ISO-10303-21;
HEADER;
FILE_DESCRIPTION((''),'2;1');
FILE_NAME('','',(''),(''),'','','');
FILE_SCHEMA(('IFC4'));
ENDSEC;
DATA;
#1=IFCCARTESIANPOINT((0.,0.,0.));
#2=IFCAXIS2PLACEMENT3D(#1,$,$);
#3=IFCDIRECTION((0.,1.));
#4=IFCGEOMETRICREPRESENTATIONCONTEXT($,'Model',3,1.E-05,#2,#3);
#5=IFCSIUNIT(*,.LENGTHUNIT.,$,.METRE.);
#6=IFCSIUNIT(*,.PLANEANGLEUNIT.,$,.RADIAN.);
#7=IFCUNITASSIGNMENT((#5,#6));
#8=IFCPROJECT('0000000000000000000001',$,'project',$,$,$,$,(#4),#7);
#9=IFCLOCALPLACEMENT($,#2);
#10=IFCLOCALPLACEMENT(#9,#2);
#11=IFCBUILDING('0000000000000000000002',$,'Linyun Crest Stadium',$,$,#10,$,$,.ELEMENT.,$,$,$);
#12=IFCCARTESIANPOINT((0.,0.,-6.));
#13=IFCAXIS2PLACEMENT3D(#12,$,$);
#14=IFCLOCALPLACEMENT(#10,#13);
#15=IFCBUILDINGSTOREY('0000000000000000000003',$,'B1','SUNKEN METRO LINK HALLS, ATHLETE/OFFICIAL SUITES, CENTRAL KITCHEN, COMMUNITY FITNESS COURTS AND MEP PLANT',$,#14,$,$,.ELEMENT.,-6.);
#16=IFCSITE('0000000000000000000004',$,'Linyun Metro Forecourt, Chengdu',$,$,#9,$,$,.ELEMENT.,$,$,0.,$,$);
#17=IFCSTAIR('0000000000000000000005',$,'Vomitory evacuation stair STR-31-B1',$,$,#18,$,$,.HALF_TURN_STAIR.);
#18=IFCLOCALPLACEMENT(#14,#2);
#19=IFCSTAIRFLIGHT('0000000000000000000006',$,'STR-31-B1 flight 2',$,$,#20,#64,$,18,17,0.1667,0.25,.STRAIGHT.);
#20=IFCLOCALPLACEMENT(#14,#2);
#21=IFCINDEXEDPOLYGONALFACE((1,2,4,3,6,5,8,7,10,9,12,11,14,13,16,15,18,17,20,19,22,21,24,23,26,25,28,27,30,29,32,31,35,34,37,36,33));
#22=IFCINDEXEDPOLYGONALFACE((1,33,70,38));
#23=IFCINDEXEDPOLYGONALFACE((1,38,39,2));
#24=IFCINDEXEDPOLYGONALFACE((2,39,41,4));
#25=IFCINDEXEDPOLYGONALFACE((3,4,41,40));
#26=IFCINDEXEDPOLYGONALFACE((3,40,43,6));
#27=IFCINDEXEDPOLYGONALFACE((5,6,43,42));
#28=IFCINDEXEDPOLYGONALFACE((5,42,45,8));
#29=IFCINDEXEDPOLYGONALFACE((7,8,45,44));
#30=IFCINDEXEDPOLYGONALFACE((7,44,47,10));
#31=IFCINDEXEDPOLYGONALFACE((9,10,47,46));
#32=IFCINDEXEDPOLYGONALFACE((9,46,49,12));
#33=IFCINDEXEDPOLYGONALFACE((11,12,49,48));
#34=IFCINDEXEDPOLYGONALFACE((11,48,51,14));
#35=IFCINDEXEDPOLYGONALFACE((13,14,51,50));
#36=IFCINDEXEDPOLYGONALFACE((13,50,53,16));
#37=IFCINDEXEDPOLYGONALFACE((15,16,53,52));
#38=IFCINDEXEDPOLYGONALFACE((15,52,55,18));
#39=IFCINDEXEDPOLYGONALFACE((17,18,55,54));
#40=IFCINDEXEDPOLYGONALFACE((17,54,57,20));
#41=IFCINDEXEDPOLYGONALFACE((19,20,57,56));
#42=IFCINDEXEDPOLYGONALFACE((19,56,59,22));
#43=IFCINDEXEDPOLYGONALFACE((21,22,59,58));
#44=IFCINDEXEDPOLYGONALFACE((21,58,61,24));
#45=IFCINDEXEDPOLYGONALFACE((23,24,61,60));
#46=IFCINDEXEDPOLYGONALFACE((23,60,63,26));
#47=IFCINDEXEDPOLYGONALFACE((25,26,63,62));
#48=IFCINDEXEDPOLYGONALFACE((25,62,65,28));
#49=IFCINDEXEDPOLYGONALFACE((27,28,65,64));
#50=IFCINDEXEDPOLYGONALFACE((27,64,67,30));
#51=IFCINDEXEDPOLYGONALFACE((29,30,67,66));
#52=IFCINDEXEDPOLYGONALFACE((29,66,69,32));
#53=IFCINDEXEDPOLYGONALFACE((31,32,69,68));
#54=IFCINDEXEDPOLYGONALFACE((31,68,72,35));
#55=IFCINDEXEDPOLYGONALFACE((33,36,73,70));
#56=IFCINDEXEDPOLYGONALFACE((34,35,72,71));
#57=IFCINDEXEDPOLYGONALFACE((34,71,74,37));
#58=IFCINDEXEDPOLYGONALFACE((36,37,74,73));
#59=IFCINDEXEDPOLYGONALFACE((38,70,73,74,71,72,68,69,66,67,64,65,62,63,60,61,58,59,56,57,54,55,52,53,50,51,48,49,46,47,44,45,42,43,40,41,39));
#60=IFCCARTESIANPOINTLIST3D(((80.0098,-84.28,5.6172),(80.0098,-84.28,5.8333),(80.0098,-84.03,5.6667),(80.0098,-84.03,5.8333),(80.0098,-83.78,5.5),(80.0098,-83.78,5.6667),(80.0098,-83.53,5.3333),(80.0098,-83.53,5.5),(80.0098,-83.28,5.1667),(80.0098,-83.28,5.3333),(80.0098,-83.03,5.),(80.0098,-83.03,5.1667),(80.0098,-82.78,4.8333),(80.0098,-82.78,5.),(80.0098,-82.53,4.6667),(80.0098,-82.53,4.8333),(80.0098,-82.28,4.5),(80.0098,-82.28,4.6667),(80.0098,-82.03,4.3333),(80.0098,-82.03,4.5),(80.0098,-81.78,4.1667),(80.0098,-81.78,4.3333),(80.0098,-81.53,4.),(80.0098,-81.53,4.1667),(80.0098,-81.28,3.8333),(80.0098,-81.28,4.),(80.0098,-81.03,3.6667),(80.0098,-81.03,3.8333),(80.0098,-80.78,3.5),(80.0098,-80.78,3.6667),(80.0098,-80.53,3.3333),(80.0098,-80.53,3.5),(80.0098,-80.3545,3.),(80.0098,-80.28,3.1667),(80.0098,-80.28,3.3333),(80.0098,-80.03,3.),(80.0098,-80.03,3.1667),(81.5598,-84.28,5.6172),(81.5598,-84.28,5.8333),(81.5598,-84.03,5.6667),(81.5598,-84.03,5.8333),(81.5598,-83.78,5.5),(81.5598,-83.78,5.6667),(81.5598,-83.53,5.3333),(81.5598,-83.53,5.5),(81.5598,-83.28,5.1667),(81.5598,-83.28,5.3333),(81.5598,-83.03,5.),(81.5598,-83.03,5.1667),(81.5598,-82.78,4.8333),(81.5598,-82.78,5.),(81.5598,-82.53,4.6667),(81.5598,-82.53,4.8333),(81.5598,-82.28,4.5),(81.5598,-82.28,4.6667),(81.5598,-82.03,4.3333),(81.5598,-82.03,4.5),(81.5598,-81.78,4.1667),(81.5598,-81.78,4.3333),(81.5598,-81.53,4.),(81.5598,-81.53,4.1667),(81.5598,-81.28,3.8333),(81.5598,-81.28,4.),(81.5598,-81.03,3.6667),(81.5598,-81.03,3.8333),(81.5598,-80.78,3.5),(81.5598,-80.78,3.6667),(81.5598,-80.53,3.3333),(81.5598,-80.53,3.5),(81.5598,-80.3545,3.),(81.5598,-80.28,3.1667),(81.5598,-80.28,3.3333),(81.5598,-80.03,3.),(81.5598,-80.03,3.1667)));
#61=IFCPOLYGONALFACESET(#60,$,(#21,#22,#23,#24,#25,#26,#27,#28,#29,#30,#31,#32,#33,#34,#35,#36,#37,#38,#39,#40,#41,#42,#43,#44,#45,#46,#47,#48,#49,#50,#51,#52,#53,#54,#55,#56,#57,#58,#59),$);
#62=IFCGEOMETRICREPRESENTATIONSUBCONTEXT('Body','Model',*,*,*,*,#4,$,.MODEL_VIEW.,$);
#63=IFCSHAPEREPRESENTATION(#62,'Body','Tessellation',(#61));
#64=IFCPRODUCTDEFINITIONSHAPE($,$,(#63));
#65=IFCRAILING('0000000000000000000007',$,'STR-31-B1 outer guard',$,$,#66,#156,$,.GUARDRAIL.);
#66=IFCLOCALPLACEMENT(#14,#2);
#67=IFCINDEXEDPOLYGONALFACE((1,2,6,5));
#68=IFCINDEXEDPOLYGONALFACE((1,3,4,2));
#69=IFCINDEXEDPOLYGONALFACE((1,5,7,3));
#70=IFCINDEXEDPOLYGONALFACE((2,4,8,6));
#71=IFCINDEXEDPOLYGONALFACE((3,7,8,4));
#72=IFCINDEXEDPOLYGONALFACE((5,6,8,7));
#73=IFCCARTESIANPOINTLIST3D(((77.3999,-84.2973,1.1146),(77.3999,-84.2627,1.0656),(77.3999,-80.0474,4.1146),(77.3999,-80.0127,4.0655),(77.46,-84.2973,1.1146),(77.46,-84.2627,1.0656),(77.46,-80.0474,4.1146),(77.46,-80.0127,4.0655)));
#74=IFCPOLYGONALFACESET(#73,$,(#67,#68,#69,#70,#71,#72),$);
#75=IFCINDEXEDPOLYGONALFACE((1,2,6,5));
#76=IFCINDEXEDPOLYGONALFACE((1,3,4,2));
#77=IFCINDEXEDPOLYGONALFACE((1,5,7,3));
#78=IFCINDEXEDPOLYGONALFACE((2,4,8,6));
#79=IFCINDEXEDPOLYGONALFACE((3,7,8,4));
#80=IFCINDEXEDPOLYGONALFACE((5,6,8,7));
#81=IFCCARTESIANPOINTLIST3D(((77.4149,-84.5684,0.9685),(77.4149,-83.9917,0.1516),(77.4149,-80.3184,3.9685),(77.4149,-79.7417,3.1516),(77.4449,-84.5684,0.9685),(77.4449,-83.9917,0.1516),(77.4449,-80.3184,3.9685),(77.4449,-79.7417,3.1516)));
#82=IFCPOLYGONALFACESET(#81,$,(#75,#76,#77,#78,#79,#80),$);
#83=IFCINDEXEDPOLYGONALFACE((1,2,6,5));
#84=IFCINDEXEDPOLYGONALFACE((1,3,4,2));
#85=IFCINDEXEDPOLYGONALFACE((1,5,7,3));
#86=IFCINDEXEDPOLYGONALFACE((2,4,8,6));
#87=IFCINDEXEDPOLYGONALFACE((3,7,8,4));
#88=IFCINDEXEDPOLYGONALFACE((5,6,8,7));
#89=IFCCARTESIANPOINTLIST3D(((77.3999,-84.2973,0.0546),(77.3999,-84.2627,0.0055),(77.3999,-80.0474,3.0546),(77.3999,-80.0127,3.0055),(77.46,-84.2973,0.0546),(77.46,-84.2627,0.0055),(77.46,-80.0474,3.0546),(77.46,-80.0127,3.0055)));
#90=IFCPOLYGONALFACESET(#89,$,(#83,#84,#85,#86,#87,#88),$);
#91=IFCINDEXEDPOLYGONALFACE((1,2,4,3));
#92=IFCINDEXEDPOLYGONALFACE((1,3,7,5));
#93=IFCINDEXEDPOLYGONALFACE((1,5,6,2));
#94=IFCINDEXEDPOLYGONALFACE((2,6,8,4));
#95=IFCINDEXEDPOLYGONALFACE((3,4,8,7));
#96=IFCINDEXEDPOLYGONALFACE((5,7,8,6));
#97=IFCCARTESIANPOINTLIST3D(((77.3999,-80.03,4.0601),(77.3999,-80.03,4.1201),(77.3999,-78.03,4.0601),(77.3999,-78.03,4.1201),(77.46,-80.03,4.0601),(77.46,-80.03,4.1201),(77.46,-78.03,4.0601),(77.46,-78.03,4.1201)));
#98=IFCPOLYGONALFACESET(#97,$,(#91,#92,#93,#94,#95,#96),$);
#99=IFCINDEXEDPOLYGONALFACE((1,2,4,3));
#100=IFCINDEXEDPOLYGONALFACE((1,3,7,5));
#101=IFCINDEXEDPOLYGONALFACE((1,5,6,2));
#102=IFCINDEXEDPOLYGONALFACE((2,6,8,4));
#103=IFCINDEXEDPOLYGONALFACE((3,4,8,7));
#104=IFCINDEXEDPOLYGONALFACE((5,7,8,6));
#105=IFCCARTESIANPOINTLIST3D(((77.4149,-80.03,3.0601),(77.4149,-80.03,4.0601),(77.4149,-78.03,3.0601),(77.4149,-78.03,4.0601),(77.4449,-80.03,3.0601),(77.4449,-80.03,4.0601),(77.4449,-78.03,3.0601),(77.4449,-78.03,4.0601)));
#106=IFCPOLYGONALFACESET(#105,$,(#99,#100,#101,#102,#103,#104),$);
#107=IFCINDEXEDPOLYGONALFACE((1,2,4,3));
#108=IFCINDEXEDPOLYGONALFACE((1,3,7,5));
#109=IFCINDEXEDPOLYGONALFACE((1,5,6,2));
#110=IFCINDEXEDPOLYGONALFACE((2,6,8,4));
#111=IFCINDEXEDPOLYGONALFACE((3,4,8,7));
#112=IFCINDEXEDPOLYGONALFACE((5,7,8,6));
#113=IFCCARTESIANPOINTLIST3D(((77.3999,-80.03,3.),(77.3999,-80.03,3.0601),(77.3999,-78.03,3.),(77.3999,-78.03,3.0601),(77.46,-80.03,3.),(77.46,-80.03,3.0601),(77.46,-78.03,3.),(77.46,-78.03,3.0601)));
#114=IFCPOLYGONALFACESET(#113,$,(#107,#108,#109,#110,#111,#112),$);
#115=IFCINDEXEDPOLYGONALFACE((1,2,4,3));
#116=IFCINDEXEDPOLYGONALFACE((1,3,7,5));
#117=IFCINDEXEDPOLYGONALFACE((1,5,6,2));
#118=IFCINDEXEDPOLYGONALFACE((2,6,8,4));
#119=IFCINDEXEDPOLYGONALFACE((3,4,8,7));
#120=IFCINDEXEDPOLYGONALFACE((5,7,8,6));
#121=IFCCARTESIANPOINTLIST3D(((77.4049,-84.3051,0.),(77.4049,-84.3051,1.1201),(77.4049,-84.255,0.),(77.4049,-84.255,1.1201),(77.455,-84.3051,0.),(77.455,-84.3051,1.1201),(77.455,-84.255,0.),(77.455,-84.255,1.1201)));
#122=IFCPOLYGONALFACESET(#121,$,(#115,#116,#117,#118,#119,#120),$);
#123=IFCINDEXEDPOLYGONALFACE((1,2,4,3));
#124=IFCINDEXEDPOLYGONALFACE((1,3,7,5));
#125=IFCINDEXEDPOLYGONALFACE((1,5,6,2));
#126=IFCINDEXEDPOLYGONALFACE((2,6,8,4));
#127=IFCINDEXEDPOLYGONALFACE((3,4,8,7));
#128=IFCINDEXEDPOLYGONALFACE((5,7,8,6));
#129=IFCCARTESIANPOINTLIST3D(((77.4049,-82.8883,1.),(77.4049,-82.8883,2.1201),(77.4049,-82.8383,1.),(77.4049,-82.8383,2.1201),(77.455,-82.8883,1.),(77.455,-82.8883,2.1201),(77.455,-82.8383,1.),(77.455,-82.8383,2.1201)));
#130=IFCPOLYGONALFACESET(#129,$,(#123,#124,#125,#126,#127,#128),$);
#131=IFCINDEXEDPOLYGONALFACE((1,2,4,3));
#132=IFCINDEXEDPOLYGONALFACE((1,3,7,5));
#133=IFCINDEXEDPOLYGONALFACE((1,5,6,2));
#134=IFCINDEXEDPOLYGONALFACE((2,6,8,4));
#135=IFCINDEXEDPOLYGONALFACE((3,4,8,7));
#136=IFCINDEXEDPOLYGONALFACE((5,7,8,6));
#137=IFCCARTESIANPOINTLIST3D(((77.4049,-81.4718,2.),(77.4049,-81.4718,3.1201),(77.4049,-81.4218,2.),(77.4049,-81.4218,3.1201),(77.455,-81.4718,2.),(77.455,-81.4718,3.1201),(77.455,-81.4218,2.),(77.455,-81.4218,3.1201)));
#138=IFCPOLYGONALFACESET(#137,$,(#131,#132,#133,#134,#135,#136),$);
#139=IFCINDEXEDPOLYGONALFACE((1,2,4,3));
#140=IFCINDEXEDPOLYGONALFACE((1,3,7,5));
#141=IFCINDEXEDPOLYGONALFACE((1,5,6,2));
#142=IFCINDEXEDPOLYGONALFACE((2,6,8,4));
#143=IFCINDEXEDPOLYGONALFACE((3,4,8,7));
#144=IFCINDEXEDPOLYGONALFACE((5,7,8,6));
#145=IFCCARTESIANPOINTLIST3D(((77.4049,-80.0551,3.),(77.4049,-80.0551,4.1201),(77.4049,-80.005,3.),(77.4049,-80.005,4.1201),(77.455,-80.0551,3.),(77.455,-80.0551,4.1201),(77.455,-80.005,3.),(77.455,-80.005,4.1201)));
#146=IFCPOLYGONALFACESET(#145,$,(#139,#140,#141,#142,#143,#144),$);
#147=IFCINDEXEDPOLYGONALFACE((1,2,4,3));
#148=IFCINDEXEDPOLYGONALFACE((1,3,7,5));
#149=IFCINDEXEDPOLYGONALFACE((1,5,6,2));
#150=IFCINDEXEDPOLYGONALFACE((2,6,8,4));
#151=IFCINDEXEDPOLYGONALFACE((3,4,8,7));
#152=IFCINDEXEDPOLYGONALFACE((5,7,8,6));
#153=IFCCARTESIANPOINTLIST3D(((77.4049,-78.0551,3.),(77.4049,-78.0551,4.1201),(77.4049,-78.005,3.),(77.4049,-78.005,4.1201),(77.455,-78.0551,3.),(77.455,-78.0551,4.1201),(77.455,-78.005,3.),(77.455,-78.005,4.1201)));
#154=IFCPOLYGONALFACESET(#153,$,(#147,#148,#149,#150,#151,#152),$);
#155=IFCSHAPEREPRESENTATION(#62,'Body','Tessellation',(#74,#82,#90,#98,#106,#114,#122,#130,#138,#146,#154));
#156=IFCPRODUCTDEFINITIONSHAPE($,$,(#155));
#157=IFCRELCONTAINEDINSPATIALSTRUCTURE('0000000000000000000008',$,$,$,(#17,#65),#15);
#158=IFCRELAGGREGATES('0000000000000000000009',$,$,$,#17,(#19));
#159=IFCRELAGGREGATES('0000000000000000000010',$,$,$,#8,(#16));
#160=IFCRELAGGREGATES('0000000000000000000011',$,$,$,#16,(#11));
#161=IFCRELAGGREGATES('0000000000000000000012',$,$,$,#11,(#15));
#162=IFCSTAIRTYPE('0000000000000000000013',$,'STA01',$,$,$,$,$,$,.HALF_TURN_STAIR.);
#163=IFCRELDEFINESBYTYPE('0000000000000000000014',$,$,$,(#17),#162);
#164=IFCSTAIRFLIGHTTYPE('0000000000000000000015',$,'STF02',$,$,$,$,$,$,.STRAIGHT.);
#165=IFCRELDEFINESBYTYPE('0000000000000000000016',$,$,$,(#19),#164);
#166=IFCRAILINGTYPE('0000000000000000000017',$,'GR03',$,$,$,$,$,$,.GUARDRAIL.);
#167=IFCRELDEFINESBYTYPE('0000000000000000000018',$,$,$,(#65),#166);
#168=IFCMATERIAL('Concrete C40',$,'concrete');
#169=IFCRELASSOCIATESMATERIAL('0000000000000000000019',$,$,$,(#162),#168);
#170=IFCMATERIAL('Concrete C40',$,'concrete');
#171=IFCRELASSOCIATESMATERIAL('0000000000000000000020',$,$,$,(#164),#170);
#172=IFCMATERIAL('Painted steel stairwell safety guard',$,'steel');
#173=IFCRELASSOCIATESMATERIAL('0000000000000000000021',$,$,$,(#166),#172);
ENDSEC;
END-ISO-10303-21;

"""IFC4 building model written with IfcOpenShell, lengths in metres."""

from ifc_helpers import new_model, si_unit, direction, frame, origin, origin_2d, place, context, subcontext, project, spatial, polyline, rectangle, outline, extrude, material, type_object, element, aggregate, save


model = new_model("IFC4")

# Units and contexts
model_context = context("Model", 3, precision=1e-05, world=origin(), true_north=direction((0.0, 1.0)))
body_context = subcontext(model_context, "Body", "Model", "MODEL_VIEW")
ifc_project = project(units=[si_unit("LENGTHUNIT", "METRE"), si_unit("PLANEANGLEUNIT", "RADIAN")], contexts=[model_context])

# Site, building, storey
site_placement = place(None, origin())
site = spatial("IfcSite", under=ifc_project, at=site_placement, Name="Linyun Metro Forecourt, Chengdu", CompositionType="ELEMENT", RefElevation=0.0)
building_placement = place(site_placement, origin())
building = spatial("IfcBuilding", under=site, at=building_placement, Name="Linyun Crest Stadium", CompositionType="ELEMENT")
storey_placement = place(building_placement, frame((0.0, 0.0, -6.0)))
storey = spatial("IfcBuildingStorey", under=building, at=storey_placement, Name="B1", Description="SUNKEN METRO LINK HALLS, ATHLETE/OFFICIAL SUITES, CENTRAL KITCHEN, COMMUNITY FITNESS COURTS AND MEP PLANT", CompositionType="ELEMENT", Elevation=-6.0)

# Stair, stair flight
ifc_material_1 = material(Name="Concrete C40", Category="concrete")
stair_type = type_object("IfcStairType", Name="STA01", PredefinedType="HALF_TURN_STAIR", material=ifc_material_1)
stair_placement = place(storey_placement, origin())
stair = element("IfcStair", 1, at=stair_placement, inside=storey, type_object=stair_type, Name="Vomitory evacuation stair STR-31-B1", PredefinedType="HALF_TURN_STAIR")
ifc_material_2 = material(Name="Concrete C40", Category="concrete")
stair_flight_type = type_object("IfcStairFlightType", Name="STF02", PredefinedType="STRAIGHT", material=ifc_material_2)
stair_flight_1_placement = place(storey_placement, frame((80.7849, -80.03, 3.0), z_axis=(0.0, 0.0, 1.0), x_axis=(0.0, -1.0, 0.0)))
stair_flight_1 = element("IfcStairFlight", 2, at=stair_flight_1_placement, type_object=stair_flight_type, Name="STR-31-B1 flight 2", NumberOfRisers=18, NumberOfTreads=17, PredefinedType="STRAIGHT", RiserHeight=0.1667, TreadLength=0.25, context=body_context, shape_type="SweptSolid", body=[
    extrude(outline(polyline([(0.0, 0.0), (0.0, 0.1667), (0.25, 0.1667), (0.25, 0.3333), (0.5, 0.3333), (0.5, 0.5), (0.75, 0.5), (0.75, 0.6667), (1.0, 0.6667), (1.0, 0.8333), (1.25, 0.8333), (1.25, 1.0), (1.5, 1.0), (1.5, 1.1667), (1.75, 1.1667), (1.75, 1.3333), (2.0, 1.3333), (2.0, 1.5), (2.25, 1.5), (2.25, 1.6667), (2.5, 1.6667), (2.5, 1.8333), (2.75, 1.8333), (2.75, 2.0), (3.0, 2.0), (3.0, 2.1667), (3.25, 2.1667), (3.25, 2.3333), (3.5, 2.3333), (3.5, 2.5), (3.75, 2.5), (3.75, 2.6667), (4.0, 2.6667), (4.0, 2.8333), (4.25, 2.8333), (4.25, 3.0), (4.25, 2.6172), (0.3245, 0.0), (0.0, 0.0)])), frame((0.0, 0.7749, 0.0), z_axis=(0.0, -1.0, 0.0), x_axis=(1.0, 0.0, 0.0)), (0.0, 0.0, 1.0), 1.55),
])
aggregate(stair, [stair_flight_1])

# Railing
ifc_material_3 = material(Name="Painted steel stairwell safety guard", Category="steel")
railing_type_1 = type_object("IfcRailingType", Name="GR03", PredefinedType="GUARDRAIL", material=ifc_material_3)
railing_1_placement = place(storey_placement, frame((77.4299, -84.28, 0.0)))
element("IfcRailing", 3, at=railing_1_placement, inside=storey, type_object=railing_type_1, Name="STR-31-B1 outer guard", PredefinedType="GUARDRAIL", context=body_context, shape_type="SweptSolid", body=[
    extrude(rectangle(XDim=0.0601, YDim=0.0601, at=origin_2d()), frame((0.0, 0.0, 1.0901), z_axis=(0.0, 0.816968, 0.576683), x_axis=(-1.0, 0.0, 0.0)), (0.0, 0.0, 1.0), 5.2021),
    extrude(rectangle(XDim=0.03, YDim=1.0, at=origin_2d()), frame((0.0, 0.0, 0.5601), z_axis=(0.0, 0.816968, 0.576683), x_axis=(-1.0, 0.0, 0.0)), (0.0, 0.0, 1.0), 5.2021),
    extrude(rectangle(XDim=0.0601, YDim=0.0601, at=origin_2d()), frame((0.0, 0.0, 0.03), z_axis=(0.0, 0.816968, 0.576683), x_axis=(-1.0, 0.0, 0.0)), (0.0, 0.0, 1.0), 5.2021),
    extrude(rectangle(XDim=0.0601, YDim=0.0601, at=origin_2d()), frame((0.0, 4.25, 4.0901), z_axis=(0.0, 1.0, 0.0), x_axis=(-1.0, 0.0, 0.0)), (0.0, 0.0, 1.0), 2.0),
    extrude(rectangle(XDim=0.03, YDim=1.0, at=origin_2d()), frame((0.0, 4.25, 3.5601), z_axis=(0.0, 1.0, 0.0), x_axis=(-1.0, 0.0, 0.0)), (0.0, 0.0, 1.0), 2.0),
    extrude(rectangle(XDim=0.0601, YDim=0.0601, at=origin_2d()), frame((0.0, 4.25, 3.03), z_axis=(0.0, 1.0, 0.0), x_axis=(-1.0, 0.0, 0.0)), (0.0, 0.0, 1.0), 2.0),
    extrude(rectangle(XDim=0.05, YDim=0.05, at=origin_2d()), origin(), (0.0, 0.0, 1.0), 1.1201),
    extrude(rectangle(XDim=0.05, YDim=0.05, at=origin_2d()), frame((0.0, 1.4167, 1.0)), (0.0, 0.0, 1.0), 1.1201),
    extrude(rectangle(XDim=0.05, YDim=0.05, at=origin_2d()), frame((0.0, 2.8333, 2.0)), (0.0, 0.0, 1.0), 1.1201),
    extrude(rectangle(XDim=0.05, YDim=0.05, at=origin_2d()), frame((0.0, 4.25, 3.0)), (0.0, 0.0, 1.0), 1.1201),
    extrude(rectangle(XDim=0.05, YDim=0.05, at=origin_2d()), frame((0.0, 6.25, 3.0)), (0.0, 0.0, 1.0), 1.1201),
])

save(model, "model.ifc")
